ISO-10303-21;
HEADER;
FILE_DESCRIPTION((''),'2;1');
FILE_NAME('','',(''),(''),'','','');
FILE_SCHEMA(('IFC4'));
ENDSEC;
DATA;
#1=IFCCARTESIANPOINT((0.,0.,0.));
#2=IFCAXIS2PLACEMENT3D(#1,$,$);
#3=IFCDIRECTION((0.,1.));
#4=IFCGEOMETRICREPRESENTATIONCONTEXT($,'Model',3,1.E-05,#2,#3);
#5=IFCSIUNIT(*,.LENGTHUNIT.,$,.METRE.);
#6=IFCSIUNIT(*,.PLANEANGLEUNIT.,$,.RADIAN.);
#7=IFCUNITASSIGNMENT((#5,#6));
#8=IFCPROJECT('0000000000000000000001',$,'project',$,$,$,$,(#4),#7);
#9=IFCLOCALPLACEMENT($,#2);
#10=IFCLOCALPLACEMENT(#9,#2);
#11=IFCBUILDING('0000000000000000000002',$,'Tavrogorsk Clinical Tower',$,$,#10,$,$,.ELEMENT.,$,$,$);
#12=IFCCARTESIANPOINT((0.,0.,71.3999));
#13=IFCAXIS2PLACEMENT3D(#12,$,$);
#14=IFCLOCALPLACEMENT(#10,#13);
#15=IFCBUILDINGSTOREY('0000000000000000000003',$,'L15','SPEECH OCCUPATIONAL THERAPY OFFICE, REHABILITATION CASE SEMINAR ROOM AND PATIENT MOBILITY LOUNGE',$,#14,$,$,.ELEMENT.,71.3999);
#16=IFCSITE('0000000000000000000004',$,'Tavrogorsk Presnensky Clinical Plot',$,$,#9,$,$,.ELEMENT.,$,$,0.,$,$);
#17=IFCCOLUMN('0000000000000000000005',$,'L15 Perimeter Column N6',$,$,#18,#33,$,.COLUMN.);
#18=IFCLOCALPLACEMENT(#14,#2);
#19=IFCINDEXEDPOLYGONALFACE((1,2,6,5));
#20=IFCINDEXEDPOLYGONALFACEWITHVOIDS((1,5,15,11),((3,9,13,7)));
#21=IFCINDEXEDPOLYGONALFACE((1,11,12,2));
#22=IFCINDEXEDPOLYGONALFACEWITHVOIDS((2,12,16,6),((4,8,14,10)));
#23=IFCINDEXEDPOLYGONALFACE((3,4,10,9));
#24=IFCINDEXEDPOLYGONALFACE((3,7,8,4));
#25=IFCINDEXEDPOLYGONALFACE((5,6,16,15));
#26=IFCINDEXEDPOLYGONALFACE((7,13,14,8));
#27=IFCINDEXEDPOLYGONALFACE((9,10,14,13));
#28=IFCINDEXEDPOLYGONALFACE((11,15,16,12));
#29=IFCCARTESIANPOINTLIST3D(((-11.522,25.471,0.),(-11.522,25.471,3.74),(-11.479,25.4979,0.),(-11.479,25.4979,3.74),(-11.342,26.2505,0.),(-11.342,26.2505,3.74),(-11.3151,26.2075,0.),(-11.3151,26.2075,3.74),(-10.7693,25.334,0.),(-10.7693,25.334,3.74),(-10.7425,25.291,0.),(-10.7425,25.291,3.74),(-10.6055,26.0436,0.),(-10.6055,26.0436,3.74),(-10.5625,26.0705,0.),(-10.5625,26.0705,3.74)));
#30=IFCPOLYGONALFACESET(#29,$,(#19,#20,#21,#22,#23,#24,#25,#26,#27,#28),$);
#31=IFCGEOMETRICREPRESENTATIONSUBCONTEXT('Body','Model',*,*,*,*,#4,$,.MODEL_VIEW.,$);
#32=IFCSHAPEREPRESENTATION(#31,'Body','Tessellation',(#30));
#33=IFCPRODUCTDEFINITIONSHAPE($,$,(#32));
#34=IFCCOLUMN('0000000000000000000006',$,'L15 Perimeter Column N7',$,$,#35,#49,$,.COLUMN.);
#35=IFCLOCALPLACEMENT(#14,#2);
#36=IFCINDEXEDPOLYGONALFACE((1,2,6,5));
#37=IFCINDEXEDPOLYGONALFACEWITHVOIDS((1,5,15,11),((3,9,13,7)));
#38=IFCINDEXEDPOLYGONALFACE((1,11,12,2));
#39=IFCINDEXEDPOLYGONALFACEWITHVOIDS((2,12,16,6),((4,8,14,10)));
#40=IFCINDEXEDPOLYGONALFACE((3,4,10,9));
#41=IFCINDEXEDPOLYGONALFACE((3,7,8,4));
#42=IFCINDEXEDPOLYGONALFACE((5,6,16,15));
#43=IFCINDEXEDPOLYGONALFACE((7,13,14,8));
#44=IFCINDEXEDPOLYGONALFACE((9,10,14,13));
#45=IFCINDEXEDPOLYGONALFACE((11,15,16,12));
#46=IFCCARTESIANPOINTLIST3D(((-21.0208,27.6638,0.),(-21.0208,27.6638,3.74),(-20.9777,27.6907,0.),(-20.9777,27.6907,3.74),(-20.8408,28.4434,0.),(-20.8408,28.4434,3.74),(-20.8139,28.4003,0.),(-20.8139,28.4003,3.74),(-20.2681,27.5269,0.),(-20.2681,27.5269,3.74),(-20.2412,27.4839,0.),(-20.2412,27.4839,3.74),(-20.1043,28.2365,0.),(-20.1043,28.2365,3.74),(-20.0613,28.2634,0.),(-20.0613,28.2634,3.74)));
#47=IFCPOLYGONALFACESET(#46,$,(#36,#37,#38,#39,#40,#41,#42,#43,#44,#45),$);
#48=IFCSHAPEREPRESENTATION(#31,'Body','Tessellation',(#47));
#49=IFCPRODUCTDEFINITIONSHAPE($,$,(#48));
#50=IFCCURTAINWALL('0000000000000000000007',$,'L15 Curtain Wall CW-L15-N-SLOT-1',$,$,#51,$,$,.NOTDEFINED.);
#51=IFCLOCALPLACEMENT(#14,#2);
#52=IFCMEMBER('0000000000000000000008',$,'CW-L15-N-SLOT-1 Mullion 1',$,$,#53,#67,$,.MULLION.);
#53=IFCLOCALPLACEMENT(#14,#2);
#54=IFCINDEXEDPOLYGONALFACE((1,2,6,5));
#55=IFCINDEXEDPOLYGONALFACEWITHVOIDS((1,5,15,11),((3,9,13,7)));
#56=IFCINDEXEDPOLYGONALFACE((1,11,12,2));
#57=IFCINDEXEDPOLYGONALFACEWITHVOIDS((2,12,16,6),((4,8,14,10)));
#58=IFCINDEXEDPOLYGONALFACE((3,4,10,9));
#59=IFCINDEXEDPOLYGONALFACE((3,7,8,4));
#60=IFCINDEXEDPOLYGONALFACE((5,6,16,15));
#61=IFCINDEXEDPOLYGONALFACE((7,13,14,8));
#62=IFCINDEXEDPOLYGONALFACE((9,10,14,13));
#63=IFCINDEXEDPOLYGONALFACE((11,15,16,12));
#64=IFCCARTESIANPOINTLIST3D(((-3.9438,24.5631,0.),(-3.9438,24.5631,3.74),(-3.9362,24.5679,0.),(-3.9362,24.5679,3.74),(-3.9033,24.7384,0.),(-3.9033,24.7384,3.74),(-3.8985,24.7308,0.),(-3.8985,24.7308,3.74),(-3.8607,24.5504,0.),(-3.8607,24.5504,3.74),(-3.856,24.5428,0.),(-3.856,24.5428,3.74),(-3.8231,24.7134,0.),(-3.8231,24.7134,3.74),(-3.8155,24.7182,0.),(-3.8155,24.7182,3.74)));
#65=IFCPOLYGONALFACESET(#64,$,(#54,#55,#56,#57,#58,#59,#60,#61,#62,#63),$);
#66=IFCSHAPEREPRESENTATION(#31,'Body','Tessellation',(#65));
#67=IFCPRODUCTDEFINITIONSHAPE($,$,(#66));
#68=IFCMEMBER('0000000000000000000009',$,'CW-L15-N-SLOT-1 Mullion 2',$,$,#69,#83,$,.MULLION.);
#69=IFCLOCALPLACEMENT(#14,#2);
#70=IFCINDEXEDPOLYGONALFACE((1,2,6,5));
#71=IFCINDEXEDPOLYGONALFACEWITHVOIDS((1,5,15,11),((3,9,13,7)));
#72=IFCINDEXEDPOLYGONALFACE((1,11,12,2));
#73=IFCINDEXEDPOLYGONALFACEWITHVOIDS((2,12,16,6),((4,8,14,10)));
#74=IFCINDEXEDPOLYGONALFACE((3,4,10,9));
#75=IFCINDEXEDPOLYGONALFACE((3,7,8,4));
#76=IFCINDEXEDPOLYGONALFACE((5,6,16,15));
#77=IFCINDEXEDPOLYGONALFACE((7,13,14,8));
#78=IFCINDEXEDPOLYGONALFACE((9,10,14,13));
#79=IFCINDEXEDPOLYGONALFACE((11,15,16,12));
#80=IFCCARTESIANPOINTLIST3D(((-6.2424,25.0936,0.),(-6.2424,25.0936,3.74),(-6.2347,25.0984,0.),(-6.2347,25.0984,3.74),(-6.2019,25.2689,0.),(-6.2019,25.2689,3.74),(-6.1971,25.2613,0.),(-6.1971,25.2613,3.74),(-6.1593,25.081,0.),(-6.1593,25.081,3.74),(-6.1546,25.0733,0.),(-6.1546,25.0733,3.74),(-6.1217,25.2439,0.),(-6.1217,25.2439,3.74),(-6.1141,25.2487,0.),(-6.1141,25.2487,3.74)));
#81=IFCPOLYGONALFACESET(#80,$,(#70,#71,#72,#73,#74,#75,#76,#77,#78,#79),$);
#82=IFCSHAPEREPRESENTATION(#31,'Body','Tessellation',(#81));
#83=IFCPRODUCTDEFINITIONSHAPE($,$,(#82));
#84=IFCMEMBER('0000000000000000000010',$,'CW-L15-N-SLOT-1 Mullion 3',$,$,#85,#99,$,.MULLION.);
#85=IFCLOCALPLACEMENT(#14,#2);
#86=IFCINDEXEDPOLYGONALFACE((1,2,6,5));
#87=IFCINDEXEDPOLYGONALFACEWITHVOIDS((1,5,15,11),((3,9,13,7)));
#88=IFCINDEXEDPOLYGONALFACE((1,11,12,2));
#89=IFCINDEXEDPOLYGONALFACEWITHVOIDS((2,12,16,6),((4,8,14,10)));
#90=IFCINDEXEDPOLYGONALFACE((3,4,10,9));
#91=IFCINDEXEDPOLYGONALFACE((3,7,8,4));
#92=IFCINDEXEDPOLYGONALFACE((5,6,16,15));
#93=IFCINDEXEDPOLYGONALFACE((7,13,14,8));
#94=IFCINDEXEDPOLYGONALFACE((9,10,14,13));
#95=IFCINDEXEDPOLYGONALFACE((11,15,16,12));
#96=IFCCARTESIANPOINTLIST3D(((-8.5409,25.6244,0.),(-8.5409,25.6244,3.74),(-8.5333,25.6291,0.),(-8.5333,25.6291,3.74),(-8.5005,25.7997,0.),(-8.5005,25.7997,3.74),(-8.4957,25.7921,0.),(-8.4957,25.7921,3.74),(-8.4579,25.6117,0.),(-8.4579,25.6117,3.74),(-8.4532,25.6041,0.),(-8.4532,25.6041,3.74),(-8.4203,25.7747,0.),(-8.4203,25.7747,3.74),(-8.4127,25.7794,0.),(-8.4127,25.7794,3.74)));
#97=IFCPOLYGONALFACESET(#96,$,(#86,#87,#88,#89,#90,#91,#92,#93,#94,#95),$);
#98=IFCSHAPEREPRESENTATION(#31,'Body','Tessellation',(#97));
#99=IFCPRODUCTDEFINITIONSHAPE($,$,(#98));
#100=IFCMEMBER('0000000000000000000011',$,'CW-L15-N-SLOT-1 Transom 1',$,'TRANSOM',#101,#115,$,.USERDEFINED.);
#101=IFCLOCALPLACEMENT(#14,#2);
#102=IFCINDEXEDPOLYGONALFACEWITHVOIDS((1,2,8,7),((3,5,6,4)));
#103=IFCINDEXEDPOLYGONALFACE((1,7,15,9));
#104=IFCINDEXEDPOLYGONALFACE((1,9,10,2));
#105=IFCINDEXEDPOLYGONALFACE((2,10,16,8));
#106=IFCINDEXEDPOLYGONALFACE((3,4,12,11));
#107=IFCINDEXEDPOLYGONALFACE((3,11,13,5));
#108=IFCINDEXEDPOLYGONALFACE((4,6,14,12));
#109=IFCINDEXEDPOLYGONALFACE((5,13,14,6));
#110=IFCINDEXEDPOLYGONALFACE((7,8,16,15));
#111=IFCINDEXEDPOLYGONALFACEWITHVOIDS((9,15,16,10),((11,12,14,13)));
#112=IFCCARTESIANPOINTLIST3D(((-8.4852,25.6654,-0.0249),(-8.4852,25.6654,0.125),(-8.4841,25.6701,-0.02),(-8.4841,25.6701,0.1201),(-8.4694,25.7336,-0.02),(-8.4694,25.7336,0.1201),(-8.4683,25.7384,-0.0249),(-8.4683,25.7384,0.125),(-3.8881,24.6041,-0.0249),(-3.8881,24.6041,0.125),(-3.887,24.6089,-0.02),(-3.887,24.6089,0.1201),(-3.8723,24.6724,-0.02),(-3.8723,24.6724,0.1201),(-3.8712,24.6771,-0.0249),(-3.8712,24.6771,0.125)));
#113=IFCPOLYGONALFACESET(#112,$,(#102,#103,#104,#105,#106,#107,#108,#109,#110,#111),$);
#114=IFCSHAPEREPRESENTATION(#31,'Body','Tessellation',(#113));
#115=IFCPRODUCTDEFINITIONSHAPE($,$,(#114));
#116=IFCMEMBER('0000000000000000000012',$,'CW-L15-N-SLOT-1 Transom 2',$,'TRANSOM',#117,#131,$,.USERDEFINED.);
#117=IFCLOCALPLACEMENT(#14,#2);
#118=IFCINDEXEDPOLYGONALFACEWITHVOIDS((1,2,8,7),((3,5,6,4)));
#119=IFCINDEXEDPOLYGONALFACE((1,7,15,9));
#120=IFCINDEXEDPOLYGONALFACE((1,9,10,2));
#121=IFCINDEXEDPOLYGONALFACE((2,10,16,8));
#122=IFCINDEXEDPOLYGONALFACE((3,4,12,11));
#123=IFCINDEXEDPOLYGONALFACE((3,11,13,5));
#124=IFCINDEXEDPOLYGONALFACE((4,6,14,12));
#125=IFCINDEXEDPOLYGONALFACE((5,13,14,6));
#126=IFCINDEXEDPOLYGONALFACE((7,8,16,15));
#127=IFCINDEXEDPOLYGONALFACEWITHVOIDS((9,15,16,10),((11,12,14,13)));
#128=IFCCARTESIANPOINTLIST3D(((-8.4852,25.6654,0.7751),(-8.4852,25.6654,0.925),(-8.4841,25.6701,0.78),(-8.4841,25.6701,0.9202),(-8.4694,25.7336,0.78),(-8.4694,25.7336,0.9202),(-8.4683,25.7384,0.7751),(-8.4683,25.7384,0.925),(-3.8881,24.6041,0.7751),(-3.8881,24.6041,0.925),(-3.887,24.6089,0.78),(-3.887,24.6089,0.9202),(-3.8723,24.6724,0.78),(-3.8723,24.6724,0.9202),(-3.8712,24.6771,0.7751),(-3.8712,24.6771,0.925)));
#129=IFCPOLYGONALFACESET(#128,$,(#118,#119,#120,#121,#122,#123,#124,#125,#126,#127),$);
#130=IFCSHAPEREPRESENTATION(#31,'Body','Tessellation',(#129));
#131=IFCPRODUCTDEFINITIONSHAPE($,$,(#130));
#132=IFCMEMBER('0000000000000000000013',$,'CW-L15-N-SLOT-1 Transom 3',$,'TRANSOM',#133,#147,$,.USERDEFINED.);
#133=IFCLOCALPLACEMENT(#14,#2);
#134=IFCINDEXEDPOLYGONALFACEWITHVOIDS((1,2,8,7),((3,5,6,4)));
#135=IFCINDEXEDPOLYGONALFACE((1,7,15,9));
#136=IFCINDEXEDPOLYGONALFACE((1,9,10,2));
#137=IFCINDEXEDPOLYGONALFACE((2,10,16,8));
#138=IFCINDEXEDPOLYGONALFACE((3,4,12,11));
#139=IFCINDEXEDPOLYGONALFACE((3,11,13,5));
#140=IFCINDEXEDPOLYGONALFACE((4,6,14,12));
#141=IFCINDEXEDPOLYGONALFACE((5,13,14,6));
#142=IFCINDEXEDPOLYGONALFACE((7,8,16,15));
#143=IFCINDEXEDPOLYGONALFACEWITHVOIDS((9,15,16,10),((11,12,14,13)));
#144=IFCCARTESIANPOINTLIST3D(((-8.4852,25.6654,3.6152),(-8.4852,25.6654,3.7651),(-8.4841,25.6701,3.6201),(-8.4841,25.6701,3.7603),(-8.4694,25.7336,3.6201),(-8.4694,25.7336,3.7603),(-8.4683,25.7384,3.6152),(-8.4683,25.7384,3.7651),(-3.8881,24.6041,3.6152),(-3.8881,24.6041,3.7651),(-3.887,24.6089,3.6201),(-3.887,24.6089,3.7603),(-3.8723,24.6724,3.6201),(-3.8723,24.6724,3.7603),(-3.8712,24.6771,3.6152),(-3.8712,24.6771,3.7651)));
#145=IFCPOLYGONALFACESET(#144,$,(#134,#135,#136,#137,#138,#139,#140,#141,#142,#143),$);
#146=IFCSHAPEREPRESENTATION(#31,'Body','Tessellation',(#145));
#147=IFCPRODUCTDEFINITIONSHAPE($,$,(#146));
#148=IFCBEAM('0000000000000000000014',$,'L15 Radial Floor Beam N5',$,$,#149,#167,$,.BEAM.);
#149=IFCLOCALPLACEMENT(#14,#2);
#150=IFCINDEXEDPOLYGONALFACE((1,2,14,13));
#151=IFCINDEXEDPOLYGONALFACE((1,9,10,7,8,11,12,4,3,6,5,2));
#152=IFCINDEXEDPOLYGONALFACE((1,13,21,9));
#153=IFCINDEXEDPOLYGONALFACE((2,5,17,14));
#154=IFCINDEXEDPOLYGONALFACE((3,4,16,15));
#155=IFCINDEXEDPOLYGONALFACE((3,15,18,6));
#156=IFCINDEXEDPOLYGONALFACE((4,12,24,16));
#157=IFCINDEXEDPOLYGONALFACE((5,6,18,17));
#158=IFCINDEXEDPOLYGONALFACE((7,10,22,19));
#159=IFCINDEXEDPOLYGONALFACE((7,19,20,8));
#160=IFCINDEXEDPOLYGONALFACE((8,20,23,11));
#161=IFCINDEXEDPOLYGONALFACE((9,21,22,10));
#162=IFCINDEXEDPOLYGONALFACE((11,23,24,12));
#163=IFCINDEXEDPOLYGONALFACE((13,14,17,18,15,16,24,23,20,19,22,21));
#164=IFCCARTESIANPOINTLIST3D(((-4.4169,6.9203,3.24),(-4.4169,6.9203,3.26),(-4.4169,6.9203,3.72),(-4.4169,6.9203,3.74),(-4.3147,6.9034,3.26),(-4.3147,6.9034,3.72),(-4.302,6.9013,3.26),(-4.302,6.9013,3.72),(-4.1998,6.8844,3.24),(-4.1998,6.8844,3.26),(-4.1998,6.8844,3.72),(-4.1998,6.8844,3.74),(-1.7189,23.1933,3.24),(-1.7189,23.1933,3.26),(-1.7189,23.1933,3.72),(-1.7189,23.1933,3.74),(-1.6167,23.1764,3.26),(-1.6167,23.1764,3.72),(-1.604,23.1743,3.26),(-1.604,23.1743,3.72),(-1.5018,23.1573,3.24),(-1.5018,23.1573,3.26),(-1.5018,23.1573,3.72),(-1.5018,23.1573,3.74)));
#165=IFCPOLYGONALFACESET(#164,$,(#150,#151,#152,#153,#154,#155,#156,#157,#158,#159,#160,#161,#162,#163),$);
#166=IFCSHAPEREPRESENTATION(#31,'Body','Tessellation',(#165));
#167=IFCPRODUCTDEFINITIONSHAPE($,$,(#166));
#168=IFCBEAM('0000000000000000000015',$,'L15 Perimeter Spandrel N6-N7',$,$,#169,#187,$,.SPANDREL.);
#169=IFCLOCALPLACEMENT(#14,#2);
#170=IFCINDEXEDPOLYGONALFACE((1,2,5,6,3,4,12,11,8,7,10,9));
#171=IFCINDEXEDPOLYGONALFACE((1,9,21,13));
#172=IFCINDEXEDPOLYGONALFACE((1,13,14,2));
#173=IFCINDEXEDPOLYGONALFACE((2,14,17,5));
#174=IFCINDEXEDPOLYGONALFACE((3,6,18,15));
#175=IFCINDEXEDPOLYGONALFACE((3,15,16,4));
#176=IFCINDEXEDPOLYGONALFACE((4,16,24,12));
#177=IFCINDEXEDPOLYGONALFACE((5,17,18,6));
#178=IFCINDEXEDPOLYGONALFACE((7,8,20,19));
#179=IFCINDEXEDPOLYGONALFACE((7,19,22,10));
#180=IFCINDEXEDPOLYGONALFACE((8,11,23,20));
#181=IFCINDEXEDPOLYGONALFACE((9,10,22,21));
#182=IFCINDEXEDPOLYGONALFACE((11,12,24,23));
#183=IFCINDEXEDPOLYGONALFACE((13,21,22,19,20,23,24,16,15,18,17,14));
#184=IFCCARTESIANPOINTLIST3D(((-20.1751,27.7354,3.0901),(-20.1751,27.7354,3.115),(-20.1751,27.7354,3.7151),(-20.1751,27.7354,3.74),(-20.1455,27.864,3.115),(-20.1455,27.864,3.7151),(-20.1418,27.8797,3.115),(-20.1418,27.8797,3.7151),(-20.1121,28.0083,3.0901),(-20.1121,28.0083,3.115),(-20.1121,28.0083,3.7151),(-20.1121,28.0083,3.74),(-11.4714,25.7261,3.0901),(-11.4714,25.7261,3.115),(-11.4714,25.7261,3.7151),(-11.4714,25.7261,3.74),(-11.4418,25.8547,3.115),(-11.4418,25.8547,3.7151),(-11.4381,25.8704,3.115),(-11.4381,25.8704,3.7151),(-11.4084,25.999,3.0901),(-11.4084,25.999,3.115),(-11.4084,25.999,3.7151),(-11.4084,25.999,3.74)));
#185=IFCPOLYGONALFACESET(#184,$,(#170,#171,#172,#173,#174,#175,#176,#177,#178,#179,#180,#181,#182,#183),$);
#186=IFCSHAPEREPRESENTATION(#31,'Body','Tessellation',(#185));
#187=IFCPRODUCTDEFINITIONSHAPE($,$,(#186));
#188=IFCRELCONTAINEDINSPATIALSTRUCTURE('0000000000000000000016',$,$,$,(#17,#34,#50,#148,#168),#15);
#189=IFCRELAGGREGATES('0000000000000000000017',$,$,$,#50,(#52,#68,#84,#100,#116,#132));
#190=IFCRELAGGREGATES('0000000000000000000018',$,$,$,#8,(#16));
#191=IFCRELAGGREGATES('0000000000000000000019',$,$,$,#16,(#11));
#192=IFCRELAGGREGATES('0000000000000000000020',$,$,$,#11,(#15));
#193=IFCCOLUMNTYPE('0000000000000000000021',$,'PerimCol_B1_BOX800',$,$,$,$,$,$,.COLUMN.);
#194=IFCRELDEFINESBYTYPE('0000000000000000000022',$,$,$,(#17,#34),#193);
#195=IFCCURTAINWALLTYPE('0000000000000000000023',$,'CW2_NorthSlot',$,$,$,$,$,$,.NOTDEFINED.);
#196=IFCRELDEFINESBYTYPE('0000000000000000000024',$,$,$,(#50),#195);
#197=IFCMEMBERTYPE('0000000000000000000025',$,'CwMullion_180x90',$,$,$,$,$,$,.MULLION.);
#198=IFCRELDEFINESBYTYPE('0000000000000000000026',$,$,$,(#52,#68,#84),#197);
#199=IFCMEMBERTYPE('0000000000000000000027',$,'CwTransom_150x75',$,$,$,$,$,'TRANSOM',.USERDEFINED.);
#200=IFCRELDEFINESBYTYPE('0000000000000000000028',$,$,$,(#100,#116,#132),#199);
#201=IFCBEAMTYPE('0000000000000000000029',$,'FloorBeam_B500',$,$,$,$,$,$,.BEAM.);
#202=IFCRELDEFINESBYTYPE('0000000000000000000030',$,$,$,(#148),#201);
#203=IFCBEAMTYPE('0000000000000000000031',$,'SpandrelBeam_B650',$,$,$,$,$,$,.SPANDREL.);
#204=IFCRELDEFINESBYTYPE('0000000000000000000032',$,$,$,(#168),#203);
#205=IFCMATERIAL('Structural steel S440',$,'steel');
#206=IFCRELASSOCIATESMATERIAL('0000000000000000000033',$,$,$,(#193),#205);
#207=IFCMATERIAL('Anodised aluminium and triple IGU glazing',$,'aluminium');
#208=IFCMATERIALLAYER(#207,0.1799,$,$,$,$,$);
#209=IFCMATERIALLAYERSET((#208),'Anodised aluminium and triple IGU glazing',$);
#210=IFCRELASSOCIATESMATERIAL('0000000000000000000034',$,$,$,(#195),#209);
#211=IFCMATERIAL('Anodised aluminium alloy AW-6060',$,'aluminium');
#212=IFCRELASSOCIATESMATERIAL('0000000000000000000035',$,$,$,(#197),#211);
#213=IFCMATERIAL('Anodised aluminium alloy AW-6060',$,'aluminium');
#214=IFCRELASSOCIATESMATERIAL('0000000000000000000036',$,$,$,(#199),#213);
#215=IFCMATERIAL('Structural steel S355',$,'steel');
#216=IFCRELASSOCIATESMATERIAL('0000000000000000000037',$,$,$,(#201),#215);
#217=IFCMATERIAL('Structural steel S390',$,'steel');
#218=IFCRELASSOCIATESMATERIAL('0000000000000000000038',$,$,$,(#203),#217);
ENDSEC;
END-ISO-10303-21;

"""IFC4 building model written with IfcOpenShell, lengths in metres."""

from ifc_helpers import new_model, si_unit, direction, frame, origin, origin_2d, place, context, subcontext, project, spatial, hollow_rectangle, i_section, extrude, material, layer, layer_set, material_profile, profile_set, type_object, element, aggregate, save


model = new_model("IFC4")

# Units and contexts
model_context = context("Model", 3, precision=1e-05, world=origin(), true_north=direction((0.0, 1.0)))
body_context = subcontext(model_context, "Body", "Model", "MODEL_VIEW")
ifc_project = project(units=[si_unit("LENGTHUNIT", "METRE"), si_unit("PLANEANGLEUNIT", "RADIAN")], contexts=[model_context])

# Site, building, storey
site_placement = place(None, origin())
site = spatial("IfcSite", under=ifc_project, at=site_placement, Name="Tavrogorsk Presnensky Clinical Plot", CompositionType="ELEMENT", RefElevation=0.0)
building_placement = place(site_placement, origin())
building = spatial("IfcBuilding", under=site, at=building_placement, Name="Tavrogorsk Clinical Tower", CompositionType="ELEMENT")
storey_placement = place(building_placement, frame((0.0, 0.0, 71.3999)))
storey = spatial("IfcBuildingStorey", under=building, at=storey_placement, Name="L15", Description="SPEECH OCCUPATIONAL THERAPY OFFICE, REHABILITATION CASE SEMINAR ROOM AND PATIENT MOBILITY LOUNGE", CompositionType="ELEMENT", Elevation=71.3999)

# Columns
ifc_material_1 = material(Name="Structural steel S440", Category="steel")
ifc_material_profile_1 = material_profile(ifc_material_1, hollow_rectangle(XDim=0.8, YDim=0.8, WallThickness=0.0359, at=origin_2d()), Name="BOX-800x800x36")
ifc_profile_set_1 = profile_set([ifc_material_profile_1], Name="Structural steel S440")
column_type = type_object("IfcColumnType", Name="PerimCol_B1_BOX800", PredefinedType="COLUMN", material=ifc_profile_set_1)
for number, where, z_axis, x_axis, name in (
    (1, (-11.0422, 25.7708, 0.0), (0.0, 0.0, 1.0), (0.97437, -0.224951, 0.0), "L15 Perimeter Column N6"),
    (2, (-20.541, 27.9636, 0.0), (0.0, 0.0, 1.0), (0.97437, -0.224951, 0.0), "L15 Perimeter Column N7"),
):
    element("IfcColumn", number, at=place(storey_placement, frame(where, z_axis=z_axis, x_axis=x_axis)), inside=storey, type_object=column_type, Name=name, PredefinedType="COLUMN", context=body_context, shape_type="SweptSolid", body=[
        extrude(hollow_rectangle(XDim=0.8, YDim=0.8, WallThickness=0.0359, at=origin_2d()), origin(), (0.0, 0.0, 1.0), 3.74),
    ])

# Curtain wall, members
ifc_material_2 = material(Name="Anodised aluminium and triple IGU glazing", Category="aluminium")
ifc_layer_1 = layer(ifc_material_2, 0.1799)
ifc_layer_set_1 = layer_set([ifc_layer_1], Name="Anodised aluminium and triple IGU glazing")
curtain_wall_type = type_object("IfcCurtainWallType", Name="CW2_NorthSlot", PredefinedType="NOTDEFINED", material=ifc_layer_set_1)
curtain_wall_placement = place(storey_placement, origin())
curtain_wall = element("IfcCurtainWall", 3, at=curtain_wall_placement, inside=storey, type_object=curtain_wall_type, Name="L15 Curtain Wall CW-L15-N-SLOT-1", PredefinedType="NOTDEFINED")
ifc_material_3 = material(Name="Anodised aluminium alloy AW-6060", Category="aluminium")
ifc_material_profile_2 = material_profile(ifc_material_3, hollow_rectangle(XDim=0.0901, YDim=0.1799, WallThickness=0.0063, at=origin_2d()), Name="RHS-180x90x6.3")
ifc_profile_set_2 = profile_set([ifc_material_profile_2], Name="Anodised aluminium alloy AW-6060")
member_type_1 = type_object("IfcMemberType", Name="CwMullion_180x90", PredefinedType="MULLION", material=ifc_profile_set_2)
member_1_placement = place(storey_placement, frame((-3.8796, 24.6406, 0.0), z_axis=(0.0, 0.0, 1.0), x_axis=(-0.97437, 0.224951, 0.0)))
member_1 = element("IfcMember", 4, at=member_1_placement, type_object=member_type_1, Name="CW-L15-N-SLOT-1 Mullion 1", PredefinedType="MULLION", context=body_context, shape_type="SweptSolid", body=[
    extrude(hollow_rectangle(XDim=0.0901, YDim=0.1799, WallThickness=0.0063, at=origin_2d()), origin(), (0.0, 0.0, 1.0), 3.74),
])
member_2_placement = place(storey_placement, frame((-6.1782, 25.1711, 0.0), z_axis=(0.0, 0.0, 1.0), x_axis=(-0.97437, 0.224951, 0.0)))
member_2 = element("IfcMember", 5, at=member_2_placement, type_object=member_type_1, Name="CW-L15-N-SLOT-1 Mullion 2", PredefinedType="MULLION", context=body_context, shape_type="SweptSolid", body=[
    extrude(hollow_rectangle(XDim=0.0901, YDim=0.1799, WallThickness=0.0063, at=origin_2d()), origin(), (0.0, 0.0, 1.0), 3.74),
])
member_3_placement = place(storey_placement, frame((-8.4768, 25.7019, 0.0), z_axis=(0.0, 0.0, 1.0), x_axis=(-0.97437, 0.224951, 0.0)))
member_3 = element("IfcMember", 6, at=member_3_placement, type_object=member_type_1, Name="CW-L15-N-SLOT-1 Mullion 3", PredefinedType="MULLION", context=body_context, shape_type="SweptSolid", body=[
    extrude(hollow_rectangle(XDim=0.0901, YDim=0.1799, WallThickness=0.0063, at=origin_2d()), origin(), (0.0, 0.0, 1.0), 3.74),
])
ifc_material_4 = material(Name="Anodised aluminium alloy AW-6060", Category="aluminium")
ifc_material_profile_3 = material_profile(ifc_material_4, hollow_rectangle(XDim=0.075, YDim=0.1499, WallThickness=0.0049, at=origin_2d()), Name="RHS-150x75x5")
ifc_profile_set_3 = profile_set([ifc_material_profile_3], Name="Anodised aluminium alloy AW-6060")
member_type_2 = type_object("IfcMemberType", Name="CwTransom_150x75", ElementType="TRANSOM", PredefinedType="USERDEFINED", material=ifc_profile_set_3)
member_4_placement = place(storey_placement, frame((-3.8796, 24.6406, 0.05), z_axis=(-0.974373, 0.224939, 0.0), x_axis=(-0.224939, -0.974373, 0.0)))
member_4 = element("IfcMember", 7, at=member_4_placement, type_object=member_type_2, Name="CW-L15-N-SLOT-1 Transom 1", ObjectType="TRANSOM", PredefinedType="USERDEFINED", context=body_context, shape_type="SweptSolid", body=[
    extrude(hollow_rectangle(XDim=0.075, YDim=0.1499, WallThickness=0.0049, at=origin_2d()), origin(), (0.0, 0.0, 1.0), 4.718),
])
member_5_placement = place(storey_placement, frame((-3.8796, 24.6406, 0.8501), z_axis=(-0.974373, 0.224939, 0.0), x_axis=(-0.224939, -0.974373, 0.0)))
member_5 = element("IfcMember", 8, at=member_5_placement, type_object=member_type_2, Name="CW-L15-N-SLOT-1 Transom 2", ObjectType="TRANSOM", PredefinedType="USERDEFINED", context=body_context, shape_type="SweptSolid", body=[
    extrude(hollow_rectangle(XDim=0.075, YDim=0.1499, WallThickness=0.0049, at=origin_2d()), origin(), (0.0, 0.0, 1.0), 4.718),
])
member_6_placement = place(storey_placement, frame((-3.8796, 24.6406, 3.6902), z_axis=(-0.974373, 0.224939, 0.0), x_axis=(-0.224939, -0.974373, 0.0)))
member_6 = element("IfcMember", 9, at=member_6_placement, type_object=member_type_2, Name="CW-L15-N-SLOT-1 Transom 3", ObjectType="TRANSOM", PredefinedType="USERDEFINED", context=body_context, shape_type="SweptSolid", body=[
    extrude(hollow_rectangle(XDim=0.075, YDim=0.1499, WallThickness=0.0049, at=origin_2d()), origin(), (0.0, 0.0, 1.0), 4.718),
])

# Beams
ifc_material_5 = material(Name="Structural steel S355", Category="steel")
ifc_material_profile_4 = material_profile(ifc_material_5, i_section(OverallWidth=0.22, OverallDepth=0.5, WebThickness=0.0129, FlangeThickness=0.02, at=origin_2d()), Name="B-500x220x13x20")
ifc_profile_set_4 = profile_set([ifc_material_profile_4], Name="Structural steel S355")
beam_type_1 = type_object("IfcBeamType", Name="FloorBeam_B500", PredefinedType="BEAM", material=ifc_profile_set_4)
beam_placement = place(storey_placement, frame((-4.3083, 6.9023, 3.49), z_axis=(0.163564, 0.986533, 0.0), x_axis=(-0.986533, 0.163564, 0.0)))
element("IfcBeam", 10, at=beam_placement, inside=storey, type_object=beam_type_1, Name="L15 Radial Floor Beam N5", PredefinedType="BEAM", context=body_context, shape_type="SweptSolid", body=[
    extrude(i_section(OverallWidth=0.22, OverallDepth=0.5, WebThickness=0.0129, FlangeThickness=0.02, at=origin_2d()), origin(), (0.0, 0.0, 1.0), 16.4951),
])
ifc_material_6 = material(Name="Structural steel S390", Category="steel")
ifc_material_profile_5 = material_profile(ifc_material_6, i_section(OverallWidth=0.28, OverallDepth=0.6499, WebThickness=0.0161, FlangeThickness=0.0249, at=origin_2d()), Name="B-650x280x16x25")
ifc_profile_set_5 = profile_set([ifc_material_profile_5], Name="Structural steel S390")
beam_type_2 = type_object("IfcBeamType", Name="SpandrelBeam_B650", PredefinedType="SPANDREL", material=ifc_profile_set_5)
for number, where, z_axis, x_axis, name in (
    (11, (-11.4399, 25.8625, 3.415), (-0.974373, 0.224939, 0.0), (-0.224939, -0.974373, 0.0), "L15 Perimeter Spandrel N6-N7"),
):
    element("IfcBeam", number, at=place(storey_placement, frame(where, z_axis=z_axis, x_axis=x_axis)), inside=storey, type_object=beam_type_2, Name=name, PredefinedType="SPANDREL", context=body_context, shape_type="SweptSolid", body=[
        extrude(i_section(OverallWidth=0.28, OverallDepth=0.6499, WebThickness=0.0161, FlangeThickness=0.0249, at=origin_2d()), origin(), (0.0, 0.0, 1.0), 8.9326),
    ])

aggregate(curtain_wall, [member_1, member_2, member_3, member_4, member_5, member_6])

save(model, "model.ifc")
